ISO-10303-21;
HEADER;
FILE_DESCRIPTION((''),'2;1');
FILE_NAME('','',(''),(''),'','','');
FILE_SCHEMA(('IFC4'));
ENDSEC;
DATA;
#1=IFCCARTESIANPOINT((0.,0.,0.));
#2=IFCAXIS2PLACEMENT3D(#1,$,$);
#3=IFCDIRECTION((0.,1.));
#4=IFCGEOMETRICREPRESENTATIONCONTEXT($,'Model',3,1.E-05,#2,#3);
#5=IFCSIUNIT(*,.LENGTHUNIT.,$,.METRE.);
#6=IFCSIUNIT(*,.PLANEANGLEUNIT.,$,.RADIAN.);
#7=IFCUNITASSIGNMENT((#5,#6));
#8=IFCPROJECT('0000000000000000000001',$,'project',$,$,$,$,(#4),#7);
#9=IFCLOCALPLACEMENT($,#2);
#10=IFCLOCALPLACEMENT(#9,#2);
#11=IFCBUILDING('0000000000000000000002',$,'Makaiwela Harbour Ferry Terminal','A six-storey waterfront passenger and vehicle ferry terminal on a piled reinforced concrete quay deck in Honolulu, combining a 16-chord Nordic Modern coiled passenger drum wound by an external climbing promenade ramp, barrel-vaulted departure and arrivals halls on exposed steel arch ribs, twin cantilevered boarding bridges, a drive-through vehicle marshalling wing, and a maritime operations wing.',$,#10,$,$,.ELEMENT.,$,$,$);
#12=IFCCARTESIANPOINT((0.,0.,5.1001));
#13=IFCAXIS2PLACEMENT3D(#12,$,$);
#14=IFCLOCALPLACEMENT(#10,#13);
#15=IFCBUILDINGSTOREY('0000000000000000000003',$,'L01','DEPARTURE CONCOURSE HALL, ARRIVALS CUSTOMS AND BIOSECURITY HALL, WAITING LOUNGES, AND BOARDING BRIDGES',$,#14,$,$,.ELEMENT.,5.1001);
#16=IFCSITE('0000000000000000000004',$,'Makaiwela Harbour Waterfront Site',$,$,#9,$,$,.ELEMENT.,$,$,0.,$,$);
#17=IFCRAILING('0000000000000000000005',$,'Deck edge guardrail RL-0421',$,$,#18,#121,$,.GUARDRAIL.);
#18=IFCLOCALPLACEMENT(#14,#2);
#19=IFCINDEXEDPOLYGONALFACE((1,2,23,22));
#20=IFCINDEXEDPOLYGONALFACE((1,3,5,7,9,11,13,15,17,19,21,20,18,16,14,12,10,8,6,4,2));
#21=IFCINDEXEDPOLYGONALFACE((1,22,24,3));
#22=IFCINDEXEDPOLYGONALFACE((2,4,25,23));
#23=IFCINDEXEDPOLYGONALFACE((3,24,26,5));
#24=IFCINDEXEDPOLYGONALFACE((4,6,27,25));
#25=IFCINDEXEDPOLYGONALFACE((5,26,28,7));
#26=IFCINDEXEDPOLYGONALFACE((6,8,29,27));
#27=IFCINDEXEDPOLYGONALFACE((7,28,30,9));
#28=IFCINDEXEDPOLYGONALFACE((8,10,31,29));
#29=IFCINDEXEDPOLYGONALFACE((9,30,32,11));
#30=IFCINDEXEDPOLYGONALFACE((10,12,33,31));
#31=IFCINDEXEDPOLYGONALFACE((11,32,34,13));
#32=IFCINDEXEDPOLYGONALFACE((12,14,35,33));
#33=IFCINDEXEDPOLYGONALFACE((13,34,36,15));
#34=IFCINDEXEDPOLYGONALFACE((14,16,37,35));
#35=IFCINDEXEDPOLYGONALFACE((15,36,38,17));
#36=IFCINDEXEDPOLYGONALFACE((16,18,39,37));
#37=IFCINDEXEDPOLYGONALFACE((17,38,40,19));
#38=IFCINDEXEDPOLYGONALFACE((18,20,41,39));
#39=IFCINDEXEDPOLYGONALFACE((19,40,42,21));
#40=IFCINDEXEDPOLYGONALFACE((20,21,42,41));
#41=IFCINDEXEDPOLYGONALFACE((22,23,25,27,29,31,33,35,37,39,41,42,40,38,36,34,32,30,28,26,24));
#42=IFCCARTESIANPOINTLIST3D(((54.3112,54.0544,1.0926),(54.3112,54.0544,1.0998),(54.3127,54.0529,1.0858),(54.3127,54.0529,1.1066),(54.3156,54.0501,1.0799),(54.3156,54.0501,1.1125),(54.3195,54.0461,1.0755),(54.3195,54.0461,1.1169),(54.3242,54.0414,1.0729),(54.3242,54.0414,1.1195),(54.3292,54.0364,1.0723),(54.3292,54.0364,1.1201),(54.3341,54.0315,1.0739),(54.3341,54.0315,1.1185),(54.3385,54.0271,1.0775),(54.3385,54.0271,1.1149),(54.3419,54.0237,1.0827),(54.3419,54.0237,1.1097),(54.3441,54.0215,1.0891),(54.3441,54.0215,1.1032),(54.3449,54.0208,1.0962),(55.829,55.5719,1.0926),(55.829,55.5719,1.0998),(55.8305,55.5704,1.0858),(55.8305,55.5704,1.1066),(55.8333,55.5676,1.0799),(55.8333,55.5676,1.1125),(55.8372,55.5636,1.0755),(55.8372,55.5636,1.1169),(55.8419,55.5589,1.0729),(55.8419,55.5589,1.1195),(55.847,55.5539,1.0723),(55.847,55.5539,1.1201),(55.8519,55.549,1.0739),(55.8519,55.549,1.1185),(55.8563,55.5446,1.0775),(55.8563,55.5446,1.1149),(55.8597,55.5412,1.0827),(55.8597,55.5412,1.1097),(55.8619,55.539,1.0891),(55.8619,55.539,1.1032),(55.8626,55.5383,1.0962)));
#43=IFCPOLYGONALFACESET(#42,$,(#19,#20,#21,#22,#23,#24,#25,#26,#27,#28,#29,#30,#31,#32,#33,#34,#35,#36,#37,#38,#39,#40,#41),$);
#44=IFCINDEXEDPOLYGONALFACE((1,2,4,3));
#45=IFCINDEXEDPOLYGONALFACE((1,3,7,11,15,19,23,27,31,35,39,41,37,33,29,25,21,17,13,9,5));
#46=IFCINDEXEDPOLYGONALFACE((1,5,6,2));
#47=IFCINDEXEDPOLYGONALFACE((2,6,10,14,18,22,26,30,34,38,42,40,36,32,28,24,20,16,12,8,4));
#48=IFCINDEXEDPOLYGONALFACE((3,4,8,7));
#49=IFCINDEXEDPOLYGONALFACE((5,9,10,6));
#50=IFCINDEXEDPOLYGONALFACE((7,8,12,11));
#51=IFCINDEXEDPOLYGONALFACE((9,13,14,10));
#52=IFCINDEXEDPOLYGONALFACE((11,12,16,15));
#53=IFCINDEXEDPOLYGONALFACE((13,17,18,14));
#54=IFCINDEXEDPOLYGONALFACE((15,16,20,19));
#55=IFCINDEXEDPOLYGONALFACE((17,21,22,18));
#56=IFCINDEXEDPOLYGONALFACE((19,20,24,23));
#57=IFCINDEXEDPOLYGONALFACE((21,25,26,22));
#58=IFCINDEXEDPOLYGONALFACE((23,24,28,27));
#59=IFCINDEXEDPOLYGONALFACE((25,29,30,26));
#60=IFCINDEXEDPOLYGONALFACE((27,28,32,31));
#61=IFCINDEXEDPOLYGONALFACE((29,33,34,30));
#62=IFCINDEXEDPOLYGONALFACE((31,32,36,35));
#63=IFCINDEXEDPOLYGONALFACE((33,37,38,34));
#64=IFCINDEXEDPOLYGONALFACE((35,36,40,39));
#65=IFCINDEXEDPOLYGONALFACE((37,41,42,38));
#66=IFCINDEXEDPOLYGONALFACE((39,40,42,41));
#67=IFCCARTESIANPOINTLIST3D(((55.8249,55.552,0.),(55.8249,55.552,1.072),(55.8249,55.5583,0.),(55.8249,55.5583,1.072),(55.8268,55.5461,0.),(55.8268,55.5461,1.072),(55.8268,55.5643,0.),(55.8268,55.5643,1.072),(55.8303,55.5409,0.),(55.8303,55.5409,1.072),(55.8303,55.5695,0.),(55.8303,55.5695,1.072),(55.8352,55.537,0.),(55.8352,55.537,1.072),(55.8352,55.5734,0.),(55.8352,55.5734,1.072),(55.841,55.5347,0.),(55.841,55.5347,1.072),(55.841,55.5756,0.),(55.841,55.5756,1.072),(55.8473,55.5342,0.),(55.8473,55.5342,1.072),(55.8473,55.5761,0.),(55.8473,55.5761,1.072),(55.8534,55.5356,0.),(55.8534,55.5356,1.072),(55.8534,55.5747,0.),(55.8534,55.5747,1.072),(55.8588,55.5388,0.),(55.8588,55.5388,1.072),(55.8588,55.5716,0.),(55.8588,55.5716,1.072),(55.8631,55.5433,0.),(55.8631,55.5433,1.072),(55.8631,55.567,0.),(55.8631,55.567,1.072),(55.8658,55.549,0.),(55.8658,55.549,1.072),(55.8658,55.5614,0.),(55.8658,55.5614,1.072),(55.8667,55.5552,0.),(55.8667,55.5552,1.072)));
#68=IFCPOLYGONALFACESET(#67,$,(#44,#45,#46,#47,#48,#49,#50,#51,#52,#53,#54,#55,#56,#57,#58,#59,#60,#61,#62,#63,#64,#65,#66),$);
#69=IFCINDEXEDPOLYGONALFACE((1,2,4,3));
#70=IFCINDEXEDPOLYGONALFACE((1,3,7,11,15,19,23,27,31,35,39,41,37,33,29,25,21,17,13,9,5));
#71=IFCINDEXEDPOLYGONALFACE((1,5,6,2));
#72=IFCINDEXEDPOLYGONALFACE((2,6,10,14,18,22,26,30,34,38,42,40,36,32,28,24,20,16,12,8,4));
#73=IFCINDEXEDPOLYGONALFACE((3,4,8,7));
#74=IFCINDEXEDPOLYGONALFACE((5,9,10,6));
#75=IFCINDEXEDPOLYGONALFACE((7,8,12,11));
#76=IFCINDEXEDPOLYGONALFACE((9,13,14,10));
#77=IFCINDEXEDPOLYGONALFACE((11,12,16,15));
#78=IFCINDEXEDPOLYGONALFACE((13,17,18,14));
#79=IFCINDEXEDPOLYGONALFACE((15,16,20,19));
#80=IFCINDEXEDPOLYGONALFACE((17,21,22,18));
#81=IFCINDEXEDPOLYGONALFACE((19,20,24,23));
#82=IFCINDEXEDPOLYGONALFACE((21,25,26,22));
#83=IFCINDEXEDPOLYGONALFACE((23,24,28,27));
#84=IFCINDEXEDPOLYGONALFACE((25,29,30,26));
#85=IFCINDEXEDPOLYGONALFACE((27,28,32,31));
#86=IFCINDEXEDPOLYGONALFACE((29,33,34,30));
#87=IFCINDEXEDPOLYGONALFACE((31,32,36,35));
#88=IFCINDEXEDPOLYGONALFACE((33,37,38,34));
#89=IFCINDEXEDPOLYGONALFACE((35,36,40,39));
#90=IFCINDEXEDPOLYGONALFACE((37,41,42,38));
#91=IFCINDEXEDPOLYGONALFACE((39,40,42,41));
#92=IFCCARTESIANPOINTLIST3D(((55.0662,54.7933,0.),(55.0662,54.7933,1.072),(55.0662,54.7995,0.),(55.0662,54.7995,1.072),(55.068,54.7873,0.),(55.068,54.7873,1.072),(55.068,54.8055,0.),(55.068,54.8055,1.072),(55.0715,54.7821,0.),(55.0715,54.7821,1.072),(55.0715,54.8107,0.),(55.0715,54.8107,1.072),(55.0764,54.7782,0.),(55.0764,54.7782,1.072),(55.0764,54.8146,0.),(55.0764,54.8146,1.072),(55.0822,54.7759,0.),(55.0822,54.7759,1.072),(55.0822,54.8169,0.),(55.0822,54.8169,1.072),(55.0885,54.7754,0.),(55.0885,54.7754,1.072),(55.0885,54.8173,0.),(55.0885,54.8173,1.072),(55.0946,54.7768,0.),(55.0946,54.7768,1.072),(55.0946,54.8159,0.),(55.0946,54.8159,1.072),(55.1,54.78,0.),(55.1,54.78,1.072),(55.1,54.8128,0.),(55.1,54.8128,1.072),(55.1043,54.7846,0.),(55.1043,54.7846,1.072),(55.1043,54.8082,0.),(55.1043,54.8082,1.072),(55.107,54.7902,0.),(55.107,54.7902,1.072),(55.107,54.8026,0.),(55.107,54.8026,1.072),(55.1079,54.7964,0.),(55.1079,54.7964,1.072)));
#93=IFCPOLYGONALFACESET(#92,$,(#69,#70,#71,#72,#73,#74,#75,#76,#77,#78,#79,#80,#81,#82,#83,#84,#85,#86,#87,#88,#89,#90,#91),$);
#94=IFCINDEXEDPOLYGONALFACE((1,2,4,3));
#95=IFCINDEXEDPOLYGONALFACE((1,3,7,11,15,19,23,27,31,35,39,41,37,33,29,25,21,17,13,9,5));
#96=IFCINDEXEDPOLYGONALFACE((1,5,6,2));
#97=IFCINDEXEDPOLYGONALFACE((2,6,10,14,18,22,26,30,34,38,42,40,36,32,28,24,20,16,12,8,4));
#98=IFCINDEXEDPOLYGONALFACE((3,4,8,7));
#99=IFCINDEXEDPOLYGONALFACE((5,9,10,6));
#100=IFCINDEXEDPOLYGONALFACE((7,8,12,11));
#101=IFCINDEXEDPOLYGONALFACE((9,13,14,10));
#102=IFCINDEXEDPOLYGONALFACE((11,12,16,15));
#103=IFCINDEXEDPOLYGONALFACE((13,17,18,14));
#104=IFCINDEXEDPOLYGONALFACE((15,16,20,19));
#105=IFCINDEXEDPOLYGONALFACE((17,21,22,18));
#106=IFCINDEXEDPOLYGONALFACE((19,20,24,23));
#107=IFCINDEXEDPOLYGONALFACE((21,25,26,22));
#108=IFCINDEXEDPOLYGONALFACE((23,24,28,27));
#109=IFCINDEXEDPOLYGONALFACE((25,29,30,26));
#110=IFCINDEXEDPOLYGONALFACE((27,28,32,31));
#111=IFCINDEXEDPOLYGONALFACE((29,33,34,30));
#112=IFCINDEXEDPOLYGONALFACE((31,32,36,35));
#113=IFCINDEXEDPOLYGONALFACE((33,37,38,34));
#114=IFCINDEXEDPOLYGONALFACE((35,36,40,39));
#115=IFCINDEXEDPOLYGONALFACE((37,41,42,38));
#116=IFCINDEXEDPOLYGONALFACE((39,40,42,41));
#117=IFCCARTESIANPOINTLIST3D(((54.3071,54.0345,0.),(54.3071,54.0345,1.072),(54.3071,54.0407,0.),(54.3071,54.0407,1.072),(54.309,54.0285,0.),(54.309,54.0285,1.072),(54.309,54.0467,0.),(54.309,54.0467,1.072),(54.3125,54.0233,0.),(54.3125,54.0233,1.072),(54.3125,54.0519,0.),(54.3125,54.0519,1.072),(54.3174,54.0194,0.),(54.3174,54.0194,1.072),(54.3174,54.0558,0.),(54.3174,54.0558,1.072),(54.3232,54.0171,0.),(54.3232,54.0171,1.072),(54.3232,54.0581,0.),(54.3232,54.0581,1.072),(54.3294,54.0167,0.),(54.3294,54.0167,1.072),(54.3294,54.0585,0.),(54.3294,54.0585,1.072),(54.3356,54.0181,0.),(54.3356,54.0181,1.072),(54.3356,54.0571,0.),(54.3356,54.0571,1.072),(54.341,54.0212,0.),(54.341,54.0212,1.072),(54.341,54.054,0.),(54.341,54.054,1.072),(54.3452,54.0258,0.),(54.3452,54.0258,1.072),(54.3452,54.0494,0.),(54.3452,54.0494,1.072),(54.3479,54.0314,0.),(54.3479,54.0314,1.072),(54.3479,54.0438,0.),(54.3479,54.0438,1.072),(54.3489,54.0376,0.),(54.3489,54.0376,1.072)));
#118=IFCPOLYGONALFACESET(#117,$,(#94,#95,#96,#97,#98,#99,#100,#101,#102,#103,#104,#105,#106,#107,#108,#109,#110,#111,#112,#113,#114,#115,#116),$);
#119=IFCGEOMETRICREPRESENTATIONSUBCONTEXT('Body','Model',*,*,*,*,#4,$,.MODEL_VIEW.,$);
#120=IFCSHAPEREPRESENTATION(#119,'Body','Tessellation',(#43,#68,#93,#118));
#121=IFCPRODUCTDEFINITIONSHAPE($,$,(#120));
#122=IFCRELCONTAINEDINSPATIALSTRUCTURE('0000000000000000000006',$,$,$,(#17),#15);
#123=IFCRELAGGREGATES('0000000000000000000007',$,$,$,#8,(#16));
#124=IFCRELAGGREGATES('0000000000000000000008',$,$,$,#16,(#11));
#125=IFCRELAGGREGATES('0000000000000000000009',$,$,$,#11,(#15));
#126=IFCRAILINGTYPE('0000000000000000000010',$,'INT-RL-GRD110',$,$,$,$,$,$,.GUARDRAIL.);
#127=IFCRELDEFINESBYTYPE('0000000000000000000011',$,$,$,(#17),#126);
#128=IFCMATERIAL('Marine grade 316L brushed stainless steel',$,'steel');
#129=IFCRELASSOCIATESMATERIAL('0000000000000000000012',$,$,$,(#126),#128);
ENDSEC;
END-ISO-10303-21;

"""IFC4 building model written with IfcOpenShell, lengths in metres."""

from ifc_helpers import new_model, si_unit, direction, frame, origin, origin_2d, place, context, subcontext, project, spatial, circle, extrude, material, type_object, element, save


model = new_model("IFC4")

# Units and contexts
model_context = context("Model", 3, precision=1e-05, world=origin(), true_north=direction((0.0, 1.0)))
body_context = subcontext(model_context, "Body", "Model", "MODEL_VIEW")
ifc_project = project(units=[si_unit("LENGTHUNIT", "METRE"), si_unit("PLANEANGLEUNIT", "RADIAN")], contexts=[model_context])

# Site, building, storey
site_placement = place(None, origin())
site = spatial("IfcSite", under=ifc_project, at=site_placement, Name="Makaiwela Harbour Waterfront Site", CompositionType="ELEMENT", RefElevation=0.0)
building_placement = place(site_placement, origin())
building = spatial("IfcBuilding", under=site, at=building_placement, Name="Makaiwela Harbour Ferry Terminal", Description="A six-storey waterfront passenger and vehicle ferry terminal on a piled reinforced concrete quay deck in Honolulu, combining a 16-chord Nordic Modern coiled passenger drum wound by an external climbing promenade ramp, barrel-vaulted departure and arrivals halls on exposed steel arch ribs, twin cantilevered boarding bridges, a drive-through vehicle marshalling wing, and a maritime operations wing.", CompositionType="ELEMENT")
storey_placement = place(building_placement, frame((0.0, 0.0, 5.1001)))
storey = spatial("IfcBuildingStorey", under=building, at=storey_placement, Name="L01", Description="DEPARTURE CONCOURSE HALL, ARRIVALS CUSTOMS AND BIOSECURITY HALL, WAITING LOUNGES, AND BOARDING BRIDGES", CompositionType="ELEMENT", Elevation=5.1001)

# Railing
ifc_material_1 = material(Name="Marine grade 316L brushed stainless steel", Category="steel")
railing_type = type_object("IfcRailingType", Name="INT-RL-GRD110", PredefinedType="GUARDRAIL", material=ifc_material_1)
railing_1_placement = place(storey_placement, frame((55.8457, 55.5552, 0.0)))
element("IfcRailing", 1, at=railing_1_placement, inside=storey, type_object=railing_type, Name="Deck edge guardrail RL-0421", PredefinedType="GUARDRAIL", context=body_context, shape_type="SweptSolid", body=[
    extrude(circle(Radius=0.0239, at=origin_2d()), frame((0.0, 0.0, 1.0962), z_axis=(-0.707164, -0.70705, 0.0), x_axis=(0.70705, -0.707164, 0.0)), (0.0, 0.0, 1.0), 2.1462),
    extrude(circle(Radius=0.021, at=origin_2d()), origin(), (0.0, 0.0, 1.0), 1.072),
    extrude(circle(Radius=0.021, at=origin_2d()), frame((-0.7588, -0.7588, 0.0)), (0.0, 0.0, 1.0), 1.072),
    extrude(circle(Radius=0.021, at=origin_2d()), frame((-1.5178, -1.5176, 0.0)), (0.0, 0.0, 1.0), 1.072),
])

save(model, "model.ifc")
